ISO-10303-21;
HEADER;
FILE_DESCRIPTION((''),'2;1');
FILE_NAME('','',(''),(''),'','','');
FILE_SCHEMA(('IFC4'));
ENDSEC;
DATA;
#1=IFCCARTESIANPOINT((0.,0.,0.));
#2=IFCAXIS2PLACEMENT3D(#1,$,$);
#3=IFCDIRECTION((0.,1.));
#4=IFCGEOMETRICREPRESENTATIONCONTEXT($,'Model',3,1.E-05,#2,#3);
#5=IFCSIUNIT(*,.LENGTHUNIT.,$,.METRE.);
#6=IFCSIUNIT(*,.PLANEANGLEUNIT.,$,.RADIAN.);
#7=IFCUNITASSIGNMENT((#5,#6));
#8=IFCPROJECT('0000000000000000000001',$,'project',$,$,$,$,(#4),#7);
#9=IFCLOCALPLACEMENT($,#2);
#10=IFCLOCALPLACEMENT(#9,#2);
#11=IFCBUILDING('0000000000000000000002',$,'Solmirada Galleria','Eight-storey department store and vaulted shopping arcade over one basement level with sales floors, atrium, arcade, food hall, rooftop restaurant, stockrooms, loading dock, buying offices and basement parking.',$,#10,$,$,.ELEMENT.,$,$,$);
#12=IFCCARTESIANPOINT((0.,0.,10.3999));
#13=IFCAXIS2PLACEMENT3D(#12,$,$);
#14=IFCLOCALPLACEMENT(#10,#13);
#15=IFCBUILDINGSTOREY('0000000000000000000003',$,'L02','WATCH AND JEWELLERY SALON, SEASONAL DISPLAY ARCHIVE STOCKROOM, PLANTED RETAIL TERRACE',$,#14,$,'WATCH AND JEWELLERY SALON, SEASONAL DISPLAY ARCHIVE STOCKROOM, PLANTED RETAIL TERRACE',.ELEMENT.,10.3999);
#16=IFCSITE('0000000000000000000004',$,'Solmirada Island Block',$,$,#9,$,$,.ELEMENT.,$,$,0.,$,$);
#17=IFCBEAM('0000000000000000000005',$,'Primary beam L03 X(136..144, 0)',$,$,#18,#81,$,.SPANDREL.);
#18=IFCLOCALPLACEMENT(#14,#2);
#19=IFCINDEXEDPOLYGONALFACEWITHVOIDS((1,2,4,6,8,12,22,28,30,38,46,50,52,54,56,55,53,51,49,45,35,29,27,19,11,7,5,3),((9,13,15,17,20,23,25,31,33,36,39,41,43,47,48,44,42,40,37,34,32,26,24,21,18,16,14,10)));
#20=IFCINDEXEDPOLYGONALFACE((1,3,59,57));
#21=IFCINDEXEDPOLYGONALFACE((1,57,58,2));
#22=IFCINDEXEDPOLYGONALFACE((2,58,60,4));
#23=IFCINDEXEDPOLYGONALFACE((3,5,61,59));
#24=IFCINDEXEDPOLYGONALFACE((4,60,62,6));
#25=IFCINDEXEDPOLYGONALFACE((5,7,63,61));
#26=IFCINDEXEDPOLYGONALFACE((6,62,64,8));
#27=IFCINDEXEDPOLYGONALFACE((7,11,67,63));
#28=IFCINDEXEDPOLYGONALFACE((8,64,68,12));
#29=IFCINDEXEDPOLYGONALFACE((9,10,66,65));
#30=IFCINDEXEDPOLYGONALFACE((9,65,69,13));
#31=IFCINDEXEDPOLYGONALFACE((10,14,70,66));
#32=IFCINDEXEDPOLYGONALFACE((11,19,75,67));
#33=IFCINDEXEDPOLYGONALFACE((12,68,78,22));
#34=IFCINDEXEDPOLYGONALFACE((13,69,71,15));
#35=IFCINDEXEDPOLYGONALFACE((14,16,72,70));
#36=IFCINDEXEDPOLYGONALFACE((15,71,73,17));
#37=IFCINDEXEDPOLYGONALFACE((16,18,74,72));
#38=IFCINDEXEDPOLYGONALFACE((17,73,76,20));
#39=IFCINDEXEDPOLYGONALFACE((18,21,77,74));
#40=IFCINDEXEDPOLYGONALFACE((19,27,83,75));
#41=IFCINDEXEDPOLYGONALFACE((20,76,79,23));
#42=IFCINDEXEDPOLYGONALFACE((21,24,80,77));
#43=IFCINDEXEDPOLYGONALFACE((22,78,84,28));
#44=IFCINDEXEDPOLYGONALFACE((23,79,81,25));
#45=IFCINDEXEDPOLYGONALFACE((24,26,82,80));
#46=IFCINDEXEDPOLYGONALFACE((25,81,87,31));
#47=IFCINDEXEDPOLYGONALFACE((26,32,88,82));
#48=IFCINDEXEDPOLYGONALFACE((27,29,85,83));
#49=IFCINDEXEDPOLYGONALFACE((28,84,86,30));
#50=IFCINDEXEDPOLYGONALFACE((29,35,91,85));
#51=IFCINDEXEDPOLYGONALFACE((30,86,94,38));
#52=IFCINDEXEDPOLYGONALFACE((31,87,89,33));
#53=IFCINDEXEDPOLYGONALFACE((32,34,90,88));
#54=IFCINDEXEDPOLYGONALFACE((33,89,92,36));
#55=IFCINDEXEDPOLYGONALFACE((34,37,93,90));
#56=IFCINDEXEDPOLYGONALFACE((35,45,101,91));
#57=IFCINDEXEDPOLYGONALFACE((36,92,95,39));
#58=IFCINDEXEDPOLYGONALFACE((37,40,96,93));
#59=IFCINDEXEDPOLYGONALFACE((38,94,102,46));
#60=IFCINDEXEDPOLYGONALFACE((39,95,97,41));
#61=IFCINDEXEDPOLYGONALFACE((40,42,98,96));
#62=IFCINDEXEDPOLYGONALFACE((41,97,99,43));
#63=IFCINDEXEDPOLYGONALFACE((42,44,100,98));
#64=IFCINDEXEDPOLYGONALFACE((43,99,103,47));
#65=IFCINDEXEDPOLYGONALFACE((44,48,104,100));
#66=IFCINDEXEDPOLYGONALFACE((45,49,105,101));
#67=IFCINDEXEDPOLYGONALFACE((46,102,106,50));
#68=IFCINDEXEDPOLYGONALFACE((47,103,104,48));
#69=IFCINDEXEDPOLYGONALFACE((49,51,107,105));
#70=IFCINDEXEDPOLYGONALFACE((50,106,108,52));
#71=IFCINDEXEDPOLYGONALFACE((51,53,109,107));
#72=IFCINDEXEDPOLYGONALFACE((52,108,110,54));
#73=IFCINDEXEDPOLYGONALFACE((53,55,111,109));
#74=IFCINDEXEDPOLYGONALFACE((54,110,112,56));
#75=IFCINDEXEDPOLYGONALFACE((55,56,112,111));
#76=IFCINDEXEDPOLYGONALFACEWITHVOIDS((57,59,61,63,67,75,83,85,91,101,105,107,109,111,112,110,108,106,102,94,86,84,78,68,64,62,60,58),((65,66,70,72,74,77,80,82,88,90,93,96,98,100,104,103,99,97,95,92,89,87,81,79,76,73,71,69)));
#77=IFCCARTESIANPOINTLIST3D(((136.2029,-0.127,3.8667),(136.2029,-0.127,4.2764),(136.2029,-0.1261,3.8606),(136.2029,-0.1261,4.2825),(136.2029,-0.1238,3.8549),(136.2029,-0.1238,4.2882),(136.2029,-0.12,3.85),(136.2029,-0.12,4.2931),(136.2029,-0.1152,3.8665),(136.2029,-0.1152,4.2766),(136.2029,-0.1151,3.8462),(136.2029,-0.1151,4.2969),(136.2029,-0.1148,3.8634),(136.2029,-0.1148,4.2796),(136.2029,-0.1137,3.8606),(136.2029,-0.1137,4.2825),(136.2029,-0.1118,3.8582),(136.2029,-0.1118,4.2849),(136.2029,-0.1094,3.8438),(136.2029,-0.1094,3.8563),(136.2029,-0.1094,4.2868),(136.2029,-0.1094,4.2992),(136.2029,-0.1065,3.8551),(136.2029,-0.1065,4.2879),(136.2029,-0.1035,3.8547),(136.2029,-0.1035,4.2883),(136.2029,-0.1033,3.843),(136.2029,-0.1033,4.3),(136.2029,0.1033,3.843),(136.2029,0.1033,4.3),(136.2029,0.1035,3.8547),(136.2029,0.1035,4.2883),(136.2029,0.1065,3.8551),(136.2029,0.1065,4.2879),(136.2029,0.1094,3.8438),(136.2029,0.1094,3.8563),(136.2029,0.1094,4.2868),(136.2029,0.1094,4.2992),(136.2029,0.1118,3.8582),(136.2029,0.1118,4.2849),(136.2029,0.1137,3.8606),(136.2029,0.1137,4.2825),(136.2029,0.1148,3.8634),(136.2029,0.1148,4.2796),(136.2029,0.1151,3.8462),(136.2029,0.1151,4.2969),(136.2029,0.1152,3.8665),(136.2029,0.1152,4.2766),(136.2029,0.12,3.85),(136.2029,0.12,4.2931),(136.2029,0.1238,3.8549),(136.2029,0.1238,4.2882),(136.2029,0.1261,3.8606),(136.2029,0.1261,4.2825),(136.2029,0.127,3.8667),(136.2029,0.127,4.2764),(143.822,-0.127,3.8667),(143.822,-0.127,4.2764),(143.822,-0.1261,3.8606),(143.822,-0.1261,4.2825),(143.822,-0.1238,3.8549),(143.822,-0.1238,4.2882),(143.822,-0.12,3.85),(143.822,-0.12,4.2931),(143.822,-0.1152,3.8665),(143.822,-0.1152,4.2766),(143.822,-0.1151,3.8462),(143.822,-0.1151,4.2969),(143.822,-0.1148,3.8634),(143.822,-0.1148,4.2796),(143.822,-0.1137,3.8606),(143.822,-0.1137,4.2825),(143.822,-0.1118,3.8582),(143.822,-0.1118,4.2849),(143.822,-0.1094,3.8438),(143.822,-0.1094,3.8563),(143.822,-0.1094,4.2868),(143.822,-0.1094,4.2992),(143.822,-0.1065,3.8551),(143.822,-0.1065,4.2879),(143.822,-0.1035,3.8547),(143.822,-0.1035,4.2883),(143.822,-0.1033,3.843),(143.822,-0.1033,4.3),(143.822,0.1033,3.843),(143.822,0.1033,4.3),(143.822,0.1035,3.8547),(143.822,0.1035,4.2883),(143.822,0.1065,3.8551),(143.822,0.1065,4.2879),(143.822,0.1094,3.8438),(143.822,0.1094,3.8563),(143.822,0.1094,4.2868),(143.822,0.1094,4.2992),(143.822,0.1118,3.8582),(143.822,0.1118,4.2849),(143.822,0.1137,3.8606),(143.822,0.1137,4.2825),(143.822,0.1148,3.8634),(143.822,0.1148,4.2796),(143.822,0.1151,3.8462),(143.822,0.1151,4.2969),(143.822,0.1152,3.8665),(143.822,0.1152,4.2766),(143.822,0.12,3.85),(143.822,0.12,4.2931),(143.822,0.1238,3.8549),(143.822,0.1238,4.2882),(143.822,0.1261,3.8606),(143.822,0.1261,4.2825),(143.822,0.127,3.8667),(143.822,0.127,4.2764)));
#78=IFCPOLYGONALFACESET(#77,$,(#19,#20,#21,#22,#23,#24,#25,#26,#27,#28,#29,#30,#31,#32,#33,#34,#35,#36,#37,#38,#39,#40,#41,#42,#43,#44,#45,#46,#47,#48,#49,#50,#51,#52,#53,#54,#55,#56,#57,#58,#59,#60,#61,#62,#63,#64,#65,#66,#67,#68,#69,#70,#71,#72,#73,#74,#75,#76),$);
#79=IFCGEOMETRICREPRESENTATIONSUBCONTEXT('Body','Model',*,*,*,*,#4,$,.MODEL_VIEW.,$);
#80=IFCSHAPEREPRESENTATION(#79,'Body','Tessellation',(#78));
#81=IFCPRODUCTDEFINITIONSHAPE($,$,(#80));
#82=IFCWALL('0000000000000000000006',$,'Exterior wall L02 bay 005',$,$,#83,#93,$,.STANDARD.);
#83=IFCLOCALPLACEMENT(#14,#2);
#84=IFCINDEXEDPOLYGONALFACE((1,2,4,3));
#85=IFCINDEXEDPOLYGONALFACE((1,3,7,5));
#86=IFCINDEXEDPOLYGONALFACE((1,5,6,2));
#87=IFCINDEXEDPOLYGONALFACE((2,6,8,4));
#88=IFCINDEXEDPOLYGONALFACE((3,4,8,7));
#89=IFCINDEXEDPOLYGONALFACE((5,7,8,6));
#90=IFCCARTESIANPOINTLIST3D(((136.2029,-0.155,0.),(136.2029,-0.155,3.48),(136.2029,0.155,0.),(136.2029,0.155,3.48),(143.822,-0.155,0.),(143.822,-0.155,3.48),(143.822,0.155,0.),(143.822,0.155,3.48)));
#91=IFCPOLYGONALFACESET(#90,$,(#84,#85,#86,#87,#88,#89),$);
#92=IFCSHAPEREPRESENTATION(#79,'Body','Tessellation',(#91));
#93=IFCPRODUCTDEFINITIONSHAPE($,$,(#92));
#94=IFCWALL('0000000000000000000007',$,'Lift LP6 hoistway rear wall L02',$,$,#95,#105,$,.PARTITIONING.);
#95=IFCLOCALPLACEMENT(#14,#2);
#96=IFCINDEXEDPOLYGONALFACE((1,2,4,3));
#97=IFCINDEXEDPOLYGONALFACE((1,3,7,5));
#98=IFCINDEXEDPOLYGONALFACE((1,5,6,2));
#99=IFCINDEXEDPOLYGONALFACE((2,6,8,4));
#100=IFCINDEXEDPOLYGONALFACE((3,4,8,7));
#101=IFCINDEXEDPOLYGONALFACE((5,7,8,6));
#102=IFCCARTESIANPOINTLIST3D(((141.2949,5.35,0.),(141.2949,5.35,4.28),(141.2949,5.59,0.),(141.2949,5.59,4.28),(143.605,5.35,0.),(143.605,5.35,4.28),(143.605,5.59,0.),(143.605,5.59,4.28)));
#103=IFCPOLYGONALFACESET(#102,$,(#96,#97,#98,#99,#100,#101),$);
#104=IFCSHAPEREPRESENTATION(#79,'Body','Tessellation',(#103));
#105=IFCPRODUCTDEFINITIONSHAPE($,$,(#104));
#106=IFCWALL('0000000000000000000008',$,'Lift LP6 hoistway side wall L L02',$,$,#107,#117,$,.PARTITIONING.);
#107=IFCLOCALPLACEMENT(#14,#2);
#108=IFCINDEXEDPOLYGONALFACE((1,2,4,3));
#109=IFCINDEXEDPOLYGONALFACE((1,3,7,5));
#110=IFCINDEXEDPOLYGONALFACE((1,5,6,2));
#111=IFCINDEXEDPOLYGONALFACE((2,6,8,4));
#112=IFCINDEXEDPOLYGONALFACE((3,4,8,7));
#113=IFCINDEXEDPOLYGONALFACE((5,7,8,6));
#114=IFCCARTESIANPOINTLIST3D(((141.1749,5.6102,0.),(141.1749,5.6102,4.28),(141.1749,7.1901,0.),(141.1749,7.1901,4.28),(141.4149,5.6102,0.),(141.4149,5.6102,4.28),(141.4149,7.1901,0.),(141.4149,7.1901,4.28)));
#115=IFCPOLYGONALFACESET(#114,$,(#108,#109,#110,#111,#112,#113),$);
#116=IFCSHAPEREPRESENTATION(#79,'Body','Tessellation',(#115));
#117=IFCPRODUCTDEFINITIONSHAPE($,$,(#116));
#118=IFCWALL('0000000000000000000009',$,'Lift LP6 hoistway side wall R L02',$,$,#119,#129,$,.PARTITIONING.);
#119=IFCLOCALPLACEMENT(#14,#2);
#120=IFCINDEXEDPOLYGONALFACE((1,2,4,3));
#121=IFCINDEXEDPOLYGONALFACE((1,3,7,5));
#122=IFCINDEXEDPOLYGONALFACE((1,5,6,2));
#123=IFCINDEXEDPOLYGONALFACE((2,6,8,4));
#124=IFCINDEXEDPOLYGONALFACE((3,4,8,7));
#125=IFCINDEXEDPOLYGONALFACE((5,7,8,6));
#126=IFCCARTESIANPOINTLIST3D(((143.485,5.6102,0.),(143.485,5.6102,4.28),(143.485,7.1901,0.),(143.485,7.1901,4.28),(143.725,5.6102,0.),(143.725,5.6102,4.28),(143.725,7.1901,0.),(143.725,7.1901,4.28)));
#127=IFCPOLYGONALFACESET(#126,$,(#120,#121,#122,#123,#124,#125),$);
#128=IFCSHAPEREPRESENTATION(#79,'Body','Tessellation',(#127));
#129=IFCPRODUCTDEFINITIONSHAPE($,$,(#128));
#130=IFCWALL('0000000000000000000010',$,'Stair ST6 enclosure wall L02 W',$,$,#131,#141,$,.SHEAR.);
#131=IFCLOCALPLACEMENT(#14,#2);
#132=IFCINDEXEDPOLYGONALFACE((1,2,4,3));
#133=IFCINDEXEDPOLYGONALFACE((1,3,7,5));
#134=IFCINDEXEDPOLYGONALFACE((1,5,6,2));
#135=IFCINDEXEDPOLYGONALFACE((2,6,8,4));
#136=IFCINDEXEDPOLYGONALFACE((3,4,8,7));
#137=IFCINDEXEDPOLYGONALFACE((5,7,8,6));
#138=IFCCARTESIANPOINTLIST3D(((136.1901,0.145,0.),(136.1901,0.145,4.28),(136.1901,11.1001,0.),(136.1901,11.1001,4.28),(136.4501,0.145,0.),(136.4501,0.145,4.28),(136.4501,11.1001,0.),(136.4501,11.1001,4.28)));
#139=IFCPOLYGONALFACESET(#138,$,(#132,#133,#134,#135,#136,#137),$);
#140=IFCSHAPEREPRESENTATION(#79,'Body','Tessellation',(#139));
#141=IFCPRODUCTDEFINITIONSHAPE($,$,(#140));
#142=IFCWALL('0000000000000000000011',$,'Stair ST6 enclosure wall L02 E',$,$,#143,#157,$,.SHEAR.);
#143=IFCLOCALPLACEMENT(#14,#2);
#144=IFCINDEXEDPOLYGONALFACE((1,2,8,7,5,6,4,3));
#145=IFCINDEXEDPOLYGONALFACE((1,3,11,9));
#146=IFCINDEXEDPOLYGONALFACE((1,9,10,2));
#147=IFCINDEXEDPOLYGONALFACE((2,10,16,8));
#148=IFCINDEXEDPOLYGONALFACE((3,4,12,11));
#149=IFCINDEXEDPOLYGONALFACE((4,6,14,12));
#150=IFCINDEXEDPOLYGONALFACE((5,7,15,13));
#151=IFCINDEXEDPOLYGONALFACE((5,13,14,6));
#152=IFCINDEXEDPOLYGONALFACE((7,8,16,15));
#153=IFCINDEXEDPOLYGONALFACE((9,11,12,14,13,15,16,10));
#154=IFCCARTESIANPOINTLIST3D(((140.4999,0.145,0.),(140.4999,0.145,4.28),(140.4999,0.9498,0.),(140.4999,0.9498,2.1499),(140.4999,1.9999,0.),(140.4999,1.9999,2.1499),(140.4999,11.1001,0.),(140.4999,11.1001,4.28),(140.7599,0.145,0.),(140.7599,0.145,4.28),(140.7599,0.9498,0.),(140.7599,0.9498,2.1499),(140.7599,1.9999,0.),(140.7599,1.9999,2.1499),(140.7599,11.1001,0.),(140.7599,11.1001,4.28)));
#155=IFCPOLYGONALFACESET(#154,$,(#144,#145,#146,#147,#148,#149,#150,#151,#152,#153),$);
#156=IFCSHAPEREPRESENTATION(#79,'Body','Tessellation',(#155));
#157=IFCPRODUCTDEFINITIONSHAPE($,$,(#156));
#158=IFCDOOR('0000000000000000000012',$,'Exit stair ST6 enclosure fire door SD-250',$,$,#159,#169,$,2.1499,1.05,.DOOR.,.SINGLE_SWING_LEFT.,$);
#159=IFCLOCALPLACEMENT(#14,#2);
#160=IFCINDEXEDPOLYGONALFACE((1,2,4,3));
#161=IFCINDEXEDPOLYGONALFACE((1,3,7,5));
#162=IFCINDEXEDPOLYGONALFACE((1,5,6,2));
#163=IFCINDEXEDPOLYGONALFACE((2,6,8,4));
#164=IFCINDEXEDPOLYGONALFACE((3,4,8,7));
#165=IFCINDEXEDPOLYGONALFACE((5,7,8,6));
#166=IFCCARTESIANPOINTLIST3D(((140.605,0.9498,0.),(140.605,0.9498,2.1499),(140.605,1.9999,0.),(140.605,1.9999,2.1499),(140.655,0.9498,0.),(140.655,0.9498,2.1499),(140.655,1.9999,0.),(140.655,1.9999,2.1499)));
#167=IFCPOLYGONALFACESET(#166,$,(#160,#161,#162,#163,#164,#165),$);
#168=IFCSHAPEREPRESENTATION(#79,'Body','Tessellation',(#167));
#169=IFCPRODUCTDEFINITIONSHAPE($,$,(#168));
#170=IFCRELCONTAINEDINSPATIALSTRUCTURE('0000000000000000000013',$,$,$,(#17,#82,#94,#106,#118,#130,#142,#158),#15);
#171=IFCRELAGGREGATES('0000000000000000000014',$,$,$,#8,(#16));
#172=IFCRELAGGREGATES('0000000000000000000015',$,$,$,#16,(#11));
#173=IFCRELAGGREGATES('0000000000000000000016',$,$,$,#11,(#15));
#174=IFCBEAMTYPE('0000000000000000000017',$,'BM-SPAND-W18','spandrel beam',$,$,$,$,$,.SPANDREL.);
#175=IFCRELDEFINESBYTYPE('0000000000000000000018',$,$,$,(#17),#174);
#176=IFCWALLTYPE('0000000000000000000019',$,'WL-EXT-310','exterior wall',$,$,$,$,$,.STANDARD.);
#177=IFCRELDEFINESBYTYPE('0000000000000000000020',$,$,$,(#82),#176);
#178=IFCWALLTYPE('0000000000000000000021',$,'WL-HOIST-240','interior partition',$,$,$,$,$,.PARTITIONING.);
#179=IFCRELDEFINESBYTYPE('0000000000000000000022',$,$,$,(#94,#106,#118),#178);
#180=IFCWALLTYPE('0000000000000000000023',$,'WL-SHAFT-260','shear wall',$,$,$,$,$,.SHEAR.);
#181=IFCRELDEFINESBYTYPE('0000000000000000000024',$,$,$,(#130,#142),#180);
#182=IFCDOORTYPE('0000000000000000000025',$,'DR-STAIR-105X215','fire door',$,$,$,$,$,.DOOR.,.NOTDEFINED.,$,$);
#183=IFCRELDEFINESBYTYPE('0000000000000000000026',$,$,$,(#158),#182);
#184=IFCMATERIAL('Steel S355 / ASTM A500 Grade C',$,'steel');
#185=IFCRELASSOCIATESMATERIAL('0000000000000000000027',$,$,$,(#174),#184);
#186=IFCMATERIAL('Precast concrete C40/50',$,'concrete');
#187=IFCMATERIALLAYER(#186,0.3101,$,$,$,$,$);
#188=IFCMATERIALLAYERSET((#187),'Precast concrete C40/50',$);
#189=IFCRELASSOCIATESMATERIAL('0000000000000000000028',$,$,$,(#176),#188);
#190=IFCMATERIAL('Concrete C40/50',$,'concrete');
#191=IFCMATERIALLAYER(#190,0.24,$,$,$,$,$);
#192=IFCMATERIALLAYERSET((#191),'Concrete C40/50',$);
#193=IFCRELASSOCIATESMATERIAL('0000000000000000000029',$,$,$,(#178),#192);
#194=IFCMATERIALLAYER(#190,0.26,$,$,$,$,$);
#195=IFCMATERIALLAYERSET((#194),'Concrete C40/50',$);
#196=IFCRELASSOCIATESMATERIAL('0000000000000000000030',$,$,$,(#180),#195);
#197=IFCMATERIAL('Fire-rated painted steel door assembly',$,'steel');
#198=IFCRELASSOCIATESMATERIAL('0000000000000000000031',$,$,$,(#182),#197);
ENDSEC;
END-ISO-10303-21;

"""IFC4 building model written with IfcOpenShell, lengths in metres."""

from ifc_helpers import new_model, si_unit, direction, frame, frame_2d, origin, origin_2d, place, context, subcontext, project, spatial, rectangle, hollow_rectangle, extrude, material, layer, layer_set, material_profile, profile_set, type_object, element, fill, save


model = new_model("IFC4")

# Units and contexts
model_context = context("Model", 3, precision=1e-05, world=origin(), true_north=direction((0.0, 1.0)))
body_context = subcontext(model_context, "Body", "Model", "MODEL_VIEW")
ifc_project = project(units=[si_unit("LENGTHUNIT", "METRE"), si_unit("PLANEANGLEUNIT", "RADIAN")], contexts=[model_context])

# Site, building, storey
site_placement = place(None, origin())
site = spatial("IfcSite", under=ifc_project, at=site_placement, Name="Solmirada Island Block", CompositionType="ELEMENT", RefElevation=0.0)
building_placement = place(site_placement, origin())
building = spatial("IfcBuilding", under=site, at=building_placement, Name="Solmirada Galleria", Description="Eight-storey department store and vaulted shopping arcade over one basement level with sales floors, atrium, arcade, food hall, rooftop restaurant, stockrooms, loading dock, buying offices and basement parking.", CompositionType="ELEMENT")
storey_placement = place(building_placement, frame((0.0, 0.0, 10.3999)))
storey = spatial("IfcBuildingStorey", under=building, at=storey_placement, Name="L02", Description="WATCH AND JEWELLERY SALON, SEASONAL DISPLAY ARCHIVE STOCKROOM, PLANTED RETAIL TERRACE", LongName="WATCH AND JEWELLERY SALON, SEASONAL DISPLAY ARCHIVE STOCKROOM, PLANTED RETAIL TERRACE", CompositionType="ELEMENT", Elevation=10.3999)

# Shared definitions
ifc_material_1 = material(Name="Steel S355 / ASTM A500 Grade C", Category="steel")

# Beam
ifc_material_profile_1 = material_profile(ifc_material_1, hollow_rectangle(XDim=0.2539, YDim=0.457, WallThickness=0.0117, InnerFilletRadius=0.0117, OuterFilletRadius=0.0237, at=origin_2d()), Name="HSS18X10X1/2")
ifc_profile_set_1 = profile_set([ifc_material_profile_1], Name="Steel S355 / ASTM A500 Grade C")
beam_type_1 = type_object("IfcBeamType", Name="BM-SPAND-W18", Description="spandrel beam", PredefinedType="SPANDREL", material=ifc_profile_set_1)
beam_1_placement = place(storey_placement, frame((136.2029, 0.0, 4.0715), z_axis=(1.0, 0.0, 0.0), x_axis=(0.0, 1.0, 0.0)))
element("IfcBeam", 1, at=beam_1_placement, inside=storey, type_object=beam_type_1, Name="Primary beam L03 X(136..144, 0)", PredefinedType="SPANDREL", context=body_context, shape_type="SweptSolid", body=[
    extrude(hollow_rectangle(XDim=0.2539, YDim=0.457, WallThickness=0.0117, InnerFilletRadius=0.0117, OuterFilletRadius=0.0237, at=origin_2d()), origin(), (0.0, 0.0, 1.0), 7.6191),
])

# Shared definitions
ifc_material_2 = material(Name="Concrete C40/50", Category="concrete")
ifc_material_3 = material(Name="Fire-rated painted steel door assembly", Category="steel")

# Walls
ifc_material_4 = material(Name="Precast concrete C40/50", Category="concrete")
ifc_layer_1 = layer(ifc_material_4, 0.3101)
ifc_layer_set_1 = layer_set([ifc_layer_1], Name="Precast concrete C40/50")
wall_type_1 = type_object("IfcWallType", Name="WL-EXT-310", Description="exterior wall", PredefinedType="STANDARD", material=ifc_layer_set_1)
wall_1_placement = place(storey_placement, frame((143.822, 0.0, 0.0), z_axis=(0.0, 0.0, 1.0), x_axis=(-1.0, 0.0, 0.0)))
element("IfcWall", 2, at=wall_1_placement, inside=storey, type_object=wall_type_1, Name="Exterior wall L02 bay 005", PredefinedType="STANDARD", context=body_context, shape_type="SweptSolid", body=[
    extrude(rectangle(XDim=7.6191, YDim=0.3101, at=frame_2d((3.8096, 0.0))), origin(), (0.0, 0.0, 1.0), 3.48),
])
ifc_layer_2 = layer(ifc_material_2, 0.24)
ifc_layer_set_2 = layer_set([ifc_layer_2], Name="Concrete C40/50")
wall_type_2 = type_object("IfcWallType", Name="WL-HOIST-240", Description="interior partition", PredefinedType="PARTITIONING", material=ifc_layer_set_2)
wall_2_placement = place(storey_placement, frame((141.2949, 5.47, 0.0), z_axis=(0.0, 0.0, 1.0), x_axis=(1.0, 0.0, 0.0)))
element("IfcWall", 3, at=wall_2_placement, inside=storey, type_object=wall_type_2, Name="Lift LP6 hoistway rear wall L02", PredefinedType="PARTITIONING", context=body_context, shape_type="SweptSolid", body=[
    extrude(rectangle(XDim=2.3101, YDim=0.24, at=frame_2d((1.155, 0.0))), origin(), (0.0, 0.0, 1.0), 4.28),
])
for number, where, z_axis, x_axis, name in (
    (4, (141.2949, 5.6101, 0.0), (0.0, 0.0, 1.0), (0.0, 1.0, 0.0), "Lift LP6 hoistway side wall L L02"),
    (5, (143.605, 5.6101, 0.0), (0.0, 0.0, 1.0), (0.0, 1.0, 0.0), "Lift LP6 hoistway side wall R L02"),
):
    element("IfcWall", number, at=place(storey_placement, frame(where, z_axis=z_axis, x_axis=x_axis)), inside=storey, type_object=wall_type_2, Name=name, PredefinedType="PARTITIONING", context=body_context, shape_type="SweptSolid", body=[
        extrude(rectangle(XDim=1.5798, YDim=0.24, at=frame_2d((0.79, 0.0))), origin(), (0.0, 0.0, 1.0), 4.28),
    ])
ifc_layer_3 = layer(ifc_material_2, 0.26)
ifc_layer_set_3 = layer_set([ifc_layer_3], Name="Concrete C40/50")
wall_type_3 = type_object("IfcWallType", Name="WL-SHAFT-260", Description="shear wall", PredefinedType="SHEAR", material=ifc_layer_set_3)
wall_3_placement = place(storey_placement, frame((136.3201, 0.145, 0.0), z_axis=(0.0, 0.0, 1.0), x_axis=(0.0, 1.0, 0.0)))
element("IfcWall", 6, at=wall_3_placement, inside=storey, type_object=wall_type_3, Name="Stair ST6 enclosure wall L02 W", PredefinedType="SHEAR", context=body_context, shape_type="SweptSolid", body=[
    extrude(rectangle(XDim=10.9551, YDim=0.26, at=frame_2d((5.4775, 0.0))), origin(), (0.0, 0.0, 1.0), 4.28),
])

# Wall, opening, door
wall_4_placement = place(storey_placement, frame((140.6299, 0.145, 0.0), z_axis=(0.0, 0.0, 1.0), x_axis=(0.0, 1.0, 0.0)))
wall_4 = element("IfcWall", 7, at=wall_4_placement, inside=storey, type_object=wall_type_3, Name="Stair ST6 enclosure wall L02 E", PredefinedType="SHEAR", context=body_context, shape_type="SweptSolid", body=[
    extrude(rectangle(XDim=10.9551, YDim=0.26, at=frame_2d((5.4775, 0.0))), origin(), (0.0, 0.0, 1.0), 4.28),
])
opening_1_placement = place(wall_4_placement, frame((0.8049, 0.0, 0.0)))
opening_1 = element("IfcOpeningElement", 8, at=opening_1_placement, cuts=wall_4, PredefinedType="OPENING", context=body_context, shape_type="SweptSolid", body=[
    extrude(rectangle(XDim=1.05, YDim=2.1499, at=frame_2d((0.5249, 1.075))), frame((0.0, 0.1399, 0.0), z_axis=(0.0, -1.0, 0.0), x_axis=(1.0, 0.0, 0.0)), (0.0, 0.0, 1.0), 0.28),
])
door_type_1 = type_object("IfcDoorType", Name="DR-STAIR-105X215", Description="fire door", OperationType="NOTDEFINED", PredefinedType="DOOR", material=ifc_material_3)
door_1_placement = place(opening_1_placement, origin())
door_1 = element("IfcDoor", 9, at=door_1_placement, inside=storey, type_object=door_type_1, Name="Exit stair ST6 enclosure fire door SD-250", OperationType="SINGLE_SWING_LEFT", OverallHeight=2.1499, OverallWidth=1.05, PredefinedType="DOOR", context=body_context, shape_type="SweptSolid", body=[
    extrude(rectangle(XDim=1.05, YDim=2.1499, at=frame_2d((0.5249, 1.075))), frame((0.0, 0.0249, 0.0), z_axis=(0.0, -1.0, 0.0), x_axis=(1.0, 0.0, 0.0)), (0.0, 0.0, 1.0), 0.05),
])
fill(opening_1, door_1)

save(model, "model.ifc")
